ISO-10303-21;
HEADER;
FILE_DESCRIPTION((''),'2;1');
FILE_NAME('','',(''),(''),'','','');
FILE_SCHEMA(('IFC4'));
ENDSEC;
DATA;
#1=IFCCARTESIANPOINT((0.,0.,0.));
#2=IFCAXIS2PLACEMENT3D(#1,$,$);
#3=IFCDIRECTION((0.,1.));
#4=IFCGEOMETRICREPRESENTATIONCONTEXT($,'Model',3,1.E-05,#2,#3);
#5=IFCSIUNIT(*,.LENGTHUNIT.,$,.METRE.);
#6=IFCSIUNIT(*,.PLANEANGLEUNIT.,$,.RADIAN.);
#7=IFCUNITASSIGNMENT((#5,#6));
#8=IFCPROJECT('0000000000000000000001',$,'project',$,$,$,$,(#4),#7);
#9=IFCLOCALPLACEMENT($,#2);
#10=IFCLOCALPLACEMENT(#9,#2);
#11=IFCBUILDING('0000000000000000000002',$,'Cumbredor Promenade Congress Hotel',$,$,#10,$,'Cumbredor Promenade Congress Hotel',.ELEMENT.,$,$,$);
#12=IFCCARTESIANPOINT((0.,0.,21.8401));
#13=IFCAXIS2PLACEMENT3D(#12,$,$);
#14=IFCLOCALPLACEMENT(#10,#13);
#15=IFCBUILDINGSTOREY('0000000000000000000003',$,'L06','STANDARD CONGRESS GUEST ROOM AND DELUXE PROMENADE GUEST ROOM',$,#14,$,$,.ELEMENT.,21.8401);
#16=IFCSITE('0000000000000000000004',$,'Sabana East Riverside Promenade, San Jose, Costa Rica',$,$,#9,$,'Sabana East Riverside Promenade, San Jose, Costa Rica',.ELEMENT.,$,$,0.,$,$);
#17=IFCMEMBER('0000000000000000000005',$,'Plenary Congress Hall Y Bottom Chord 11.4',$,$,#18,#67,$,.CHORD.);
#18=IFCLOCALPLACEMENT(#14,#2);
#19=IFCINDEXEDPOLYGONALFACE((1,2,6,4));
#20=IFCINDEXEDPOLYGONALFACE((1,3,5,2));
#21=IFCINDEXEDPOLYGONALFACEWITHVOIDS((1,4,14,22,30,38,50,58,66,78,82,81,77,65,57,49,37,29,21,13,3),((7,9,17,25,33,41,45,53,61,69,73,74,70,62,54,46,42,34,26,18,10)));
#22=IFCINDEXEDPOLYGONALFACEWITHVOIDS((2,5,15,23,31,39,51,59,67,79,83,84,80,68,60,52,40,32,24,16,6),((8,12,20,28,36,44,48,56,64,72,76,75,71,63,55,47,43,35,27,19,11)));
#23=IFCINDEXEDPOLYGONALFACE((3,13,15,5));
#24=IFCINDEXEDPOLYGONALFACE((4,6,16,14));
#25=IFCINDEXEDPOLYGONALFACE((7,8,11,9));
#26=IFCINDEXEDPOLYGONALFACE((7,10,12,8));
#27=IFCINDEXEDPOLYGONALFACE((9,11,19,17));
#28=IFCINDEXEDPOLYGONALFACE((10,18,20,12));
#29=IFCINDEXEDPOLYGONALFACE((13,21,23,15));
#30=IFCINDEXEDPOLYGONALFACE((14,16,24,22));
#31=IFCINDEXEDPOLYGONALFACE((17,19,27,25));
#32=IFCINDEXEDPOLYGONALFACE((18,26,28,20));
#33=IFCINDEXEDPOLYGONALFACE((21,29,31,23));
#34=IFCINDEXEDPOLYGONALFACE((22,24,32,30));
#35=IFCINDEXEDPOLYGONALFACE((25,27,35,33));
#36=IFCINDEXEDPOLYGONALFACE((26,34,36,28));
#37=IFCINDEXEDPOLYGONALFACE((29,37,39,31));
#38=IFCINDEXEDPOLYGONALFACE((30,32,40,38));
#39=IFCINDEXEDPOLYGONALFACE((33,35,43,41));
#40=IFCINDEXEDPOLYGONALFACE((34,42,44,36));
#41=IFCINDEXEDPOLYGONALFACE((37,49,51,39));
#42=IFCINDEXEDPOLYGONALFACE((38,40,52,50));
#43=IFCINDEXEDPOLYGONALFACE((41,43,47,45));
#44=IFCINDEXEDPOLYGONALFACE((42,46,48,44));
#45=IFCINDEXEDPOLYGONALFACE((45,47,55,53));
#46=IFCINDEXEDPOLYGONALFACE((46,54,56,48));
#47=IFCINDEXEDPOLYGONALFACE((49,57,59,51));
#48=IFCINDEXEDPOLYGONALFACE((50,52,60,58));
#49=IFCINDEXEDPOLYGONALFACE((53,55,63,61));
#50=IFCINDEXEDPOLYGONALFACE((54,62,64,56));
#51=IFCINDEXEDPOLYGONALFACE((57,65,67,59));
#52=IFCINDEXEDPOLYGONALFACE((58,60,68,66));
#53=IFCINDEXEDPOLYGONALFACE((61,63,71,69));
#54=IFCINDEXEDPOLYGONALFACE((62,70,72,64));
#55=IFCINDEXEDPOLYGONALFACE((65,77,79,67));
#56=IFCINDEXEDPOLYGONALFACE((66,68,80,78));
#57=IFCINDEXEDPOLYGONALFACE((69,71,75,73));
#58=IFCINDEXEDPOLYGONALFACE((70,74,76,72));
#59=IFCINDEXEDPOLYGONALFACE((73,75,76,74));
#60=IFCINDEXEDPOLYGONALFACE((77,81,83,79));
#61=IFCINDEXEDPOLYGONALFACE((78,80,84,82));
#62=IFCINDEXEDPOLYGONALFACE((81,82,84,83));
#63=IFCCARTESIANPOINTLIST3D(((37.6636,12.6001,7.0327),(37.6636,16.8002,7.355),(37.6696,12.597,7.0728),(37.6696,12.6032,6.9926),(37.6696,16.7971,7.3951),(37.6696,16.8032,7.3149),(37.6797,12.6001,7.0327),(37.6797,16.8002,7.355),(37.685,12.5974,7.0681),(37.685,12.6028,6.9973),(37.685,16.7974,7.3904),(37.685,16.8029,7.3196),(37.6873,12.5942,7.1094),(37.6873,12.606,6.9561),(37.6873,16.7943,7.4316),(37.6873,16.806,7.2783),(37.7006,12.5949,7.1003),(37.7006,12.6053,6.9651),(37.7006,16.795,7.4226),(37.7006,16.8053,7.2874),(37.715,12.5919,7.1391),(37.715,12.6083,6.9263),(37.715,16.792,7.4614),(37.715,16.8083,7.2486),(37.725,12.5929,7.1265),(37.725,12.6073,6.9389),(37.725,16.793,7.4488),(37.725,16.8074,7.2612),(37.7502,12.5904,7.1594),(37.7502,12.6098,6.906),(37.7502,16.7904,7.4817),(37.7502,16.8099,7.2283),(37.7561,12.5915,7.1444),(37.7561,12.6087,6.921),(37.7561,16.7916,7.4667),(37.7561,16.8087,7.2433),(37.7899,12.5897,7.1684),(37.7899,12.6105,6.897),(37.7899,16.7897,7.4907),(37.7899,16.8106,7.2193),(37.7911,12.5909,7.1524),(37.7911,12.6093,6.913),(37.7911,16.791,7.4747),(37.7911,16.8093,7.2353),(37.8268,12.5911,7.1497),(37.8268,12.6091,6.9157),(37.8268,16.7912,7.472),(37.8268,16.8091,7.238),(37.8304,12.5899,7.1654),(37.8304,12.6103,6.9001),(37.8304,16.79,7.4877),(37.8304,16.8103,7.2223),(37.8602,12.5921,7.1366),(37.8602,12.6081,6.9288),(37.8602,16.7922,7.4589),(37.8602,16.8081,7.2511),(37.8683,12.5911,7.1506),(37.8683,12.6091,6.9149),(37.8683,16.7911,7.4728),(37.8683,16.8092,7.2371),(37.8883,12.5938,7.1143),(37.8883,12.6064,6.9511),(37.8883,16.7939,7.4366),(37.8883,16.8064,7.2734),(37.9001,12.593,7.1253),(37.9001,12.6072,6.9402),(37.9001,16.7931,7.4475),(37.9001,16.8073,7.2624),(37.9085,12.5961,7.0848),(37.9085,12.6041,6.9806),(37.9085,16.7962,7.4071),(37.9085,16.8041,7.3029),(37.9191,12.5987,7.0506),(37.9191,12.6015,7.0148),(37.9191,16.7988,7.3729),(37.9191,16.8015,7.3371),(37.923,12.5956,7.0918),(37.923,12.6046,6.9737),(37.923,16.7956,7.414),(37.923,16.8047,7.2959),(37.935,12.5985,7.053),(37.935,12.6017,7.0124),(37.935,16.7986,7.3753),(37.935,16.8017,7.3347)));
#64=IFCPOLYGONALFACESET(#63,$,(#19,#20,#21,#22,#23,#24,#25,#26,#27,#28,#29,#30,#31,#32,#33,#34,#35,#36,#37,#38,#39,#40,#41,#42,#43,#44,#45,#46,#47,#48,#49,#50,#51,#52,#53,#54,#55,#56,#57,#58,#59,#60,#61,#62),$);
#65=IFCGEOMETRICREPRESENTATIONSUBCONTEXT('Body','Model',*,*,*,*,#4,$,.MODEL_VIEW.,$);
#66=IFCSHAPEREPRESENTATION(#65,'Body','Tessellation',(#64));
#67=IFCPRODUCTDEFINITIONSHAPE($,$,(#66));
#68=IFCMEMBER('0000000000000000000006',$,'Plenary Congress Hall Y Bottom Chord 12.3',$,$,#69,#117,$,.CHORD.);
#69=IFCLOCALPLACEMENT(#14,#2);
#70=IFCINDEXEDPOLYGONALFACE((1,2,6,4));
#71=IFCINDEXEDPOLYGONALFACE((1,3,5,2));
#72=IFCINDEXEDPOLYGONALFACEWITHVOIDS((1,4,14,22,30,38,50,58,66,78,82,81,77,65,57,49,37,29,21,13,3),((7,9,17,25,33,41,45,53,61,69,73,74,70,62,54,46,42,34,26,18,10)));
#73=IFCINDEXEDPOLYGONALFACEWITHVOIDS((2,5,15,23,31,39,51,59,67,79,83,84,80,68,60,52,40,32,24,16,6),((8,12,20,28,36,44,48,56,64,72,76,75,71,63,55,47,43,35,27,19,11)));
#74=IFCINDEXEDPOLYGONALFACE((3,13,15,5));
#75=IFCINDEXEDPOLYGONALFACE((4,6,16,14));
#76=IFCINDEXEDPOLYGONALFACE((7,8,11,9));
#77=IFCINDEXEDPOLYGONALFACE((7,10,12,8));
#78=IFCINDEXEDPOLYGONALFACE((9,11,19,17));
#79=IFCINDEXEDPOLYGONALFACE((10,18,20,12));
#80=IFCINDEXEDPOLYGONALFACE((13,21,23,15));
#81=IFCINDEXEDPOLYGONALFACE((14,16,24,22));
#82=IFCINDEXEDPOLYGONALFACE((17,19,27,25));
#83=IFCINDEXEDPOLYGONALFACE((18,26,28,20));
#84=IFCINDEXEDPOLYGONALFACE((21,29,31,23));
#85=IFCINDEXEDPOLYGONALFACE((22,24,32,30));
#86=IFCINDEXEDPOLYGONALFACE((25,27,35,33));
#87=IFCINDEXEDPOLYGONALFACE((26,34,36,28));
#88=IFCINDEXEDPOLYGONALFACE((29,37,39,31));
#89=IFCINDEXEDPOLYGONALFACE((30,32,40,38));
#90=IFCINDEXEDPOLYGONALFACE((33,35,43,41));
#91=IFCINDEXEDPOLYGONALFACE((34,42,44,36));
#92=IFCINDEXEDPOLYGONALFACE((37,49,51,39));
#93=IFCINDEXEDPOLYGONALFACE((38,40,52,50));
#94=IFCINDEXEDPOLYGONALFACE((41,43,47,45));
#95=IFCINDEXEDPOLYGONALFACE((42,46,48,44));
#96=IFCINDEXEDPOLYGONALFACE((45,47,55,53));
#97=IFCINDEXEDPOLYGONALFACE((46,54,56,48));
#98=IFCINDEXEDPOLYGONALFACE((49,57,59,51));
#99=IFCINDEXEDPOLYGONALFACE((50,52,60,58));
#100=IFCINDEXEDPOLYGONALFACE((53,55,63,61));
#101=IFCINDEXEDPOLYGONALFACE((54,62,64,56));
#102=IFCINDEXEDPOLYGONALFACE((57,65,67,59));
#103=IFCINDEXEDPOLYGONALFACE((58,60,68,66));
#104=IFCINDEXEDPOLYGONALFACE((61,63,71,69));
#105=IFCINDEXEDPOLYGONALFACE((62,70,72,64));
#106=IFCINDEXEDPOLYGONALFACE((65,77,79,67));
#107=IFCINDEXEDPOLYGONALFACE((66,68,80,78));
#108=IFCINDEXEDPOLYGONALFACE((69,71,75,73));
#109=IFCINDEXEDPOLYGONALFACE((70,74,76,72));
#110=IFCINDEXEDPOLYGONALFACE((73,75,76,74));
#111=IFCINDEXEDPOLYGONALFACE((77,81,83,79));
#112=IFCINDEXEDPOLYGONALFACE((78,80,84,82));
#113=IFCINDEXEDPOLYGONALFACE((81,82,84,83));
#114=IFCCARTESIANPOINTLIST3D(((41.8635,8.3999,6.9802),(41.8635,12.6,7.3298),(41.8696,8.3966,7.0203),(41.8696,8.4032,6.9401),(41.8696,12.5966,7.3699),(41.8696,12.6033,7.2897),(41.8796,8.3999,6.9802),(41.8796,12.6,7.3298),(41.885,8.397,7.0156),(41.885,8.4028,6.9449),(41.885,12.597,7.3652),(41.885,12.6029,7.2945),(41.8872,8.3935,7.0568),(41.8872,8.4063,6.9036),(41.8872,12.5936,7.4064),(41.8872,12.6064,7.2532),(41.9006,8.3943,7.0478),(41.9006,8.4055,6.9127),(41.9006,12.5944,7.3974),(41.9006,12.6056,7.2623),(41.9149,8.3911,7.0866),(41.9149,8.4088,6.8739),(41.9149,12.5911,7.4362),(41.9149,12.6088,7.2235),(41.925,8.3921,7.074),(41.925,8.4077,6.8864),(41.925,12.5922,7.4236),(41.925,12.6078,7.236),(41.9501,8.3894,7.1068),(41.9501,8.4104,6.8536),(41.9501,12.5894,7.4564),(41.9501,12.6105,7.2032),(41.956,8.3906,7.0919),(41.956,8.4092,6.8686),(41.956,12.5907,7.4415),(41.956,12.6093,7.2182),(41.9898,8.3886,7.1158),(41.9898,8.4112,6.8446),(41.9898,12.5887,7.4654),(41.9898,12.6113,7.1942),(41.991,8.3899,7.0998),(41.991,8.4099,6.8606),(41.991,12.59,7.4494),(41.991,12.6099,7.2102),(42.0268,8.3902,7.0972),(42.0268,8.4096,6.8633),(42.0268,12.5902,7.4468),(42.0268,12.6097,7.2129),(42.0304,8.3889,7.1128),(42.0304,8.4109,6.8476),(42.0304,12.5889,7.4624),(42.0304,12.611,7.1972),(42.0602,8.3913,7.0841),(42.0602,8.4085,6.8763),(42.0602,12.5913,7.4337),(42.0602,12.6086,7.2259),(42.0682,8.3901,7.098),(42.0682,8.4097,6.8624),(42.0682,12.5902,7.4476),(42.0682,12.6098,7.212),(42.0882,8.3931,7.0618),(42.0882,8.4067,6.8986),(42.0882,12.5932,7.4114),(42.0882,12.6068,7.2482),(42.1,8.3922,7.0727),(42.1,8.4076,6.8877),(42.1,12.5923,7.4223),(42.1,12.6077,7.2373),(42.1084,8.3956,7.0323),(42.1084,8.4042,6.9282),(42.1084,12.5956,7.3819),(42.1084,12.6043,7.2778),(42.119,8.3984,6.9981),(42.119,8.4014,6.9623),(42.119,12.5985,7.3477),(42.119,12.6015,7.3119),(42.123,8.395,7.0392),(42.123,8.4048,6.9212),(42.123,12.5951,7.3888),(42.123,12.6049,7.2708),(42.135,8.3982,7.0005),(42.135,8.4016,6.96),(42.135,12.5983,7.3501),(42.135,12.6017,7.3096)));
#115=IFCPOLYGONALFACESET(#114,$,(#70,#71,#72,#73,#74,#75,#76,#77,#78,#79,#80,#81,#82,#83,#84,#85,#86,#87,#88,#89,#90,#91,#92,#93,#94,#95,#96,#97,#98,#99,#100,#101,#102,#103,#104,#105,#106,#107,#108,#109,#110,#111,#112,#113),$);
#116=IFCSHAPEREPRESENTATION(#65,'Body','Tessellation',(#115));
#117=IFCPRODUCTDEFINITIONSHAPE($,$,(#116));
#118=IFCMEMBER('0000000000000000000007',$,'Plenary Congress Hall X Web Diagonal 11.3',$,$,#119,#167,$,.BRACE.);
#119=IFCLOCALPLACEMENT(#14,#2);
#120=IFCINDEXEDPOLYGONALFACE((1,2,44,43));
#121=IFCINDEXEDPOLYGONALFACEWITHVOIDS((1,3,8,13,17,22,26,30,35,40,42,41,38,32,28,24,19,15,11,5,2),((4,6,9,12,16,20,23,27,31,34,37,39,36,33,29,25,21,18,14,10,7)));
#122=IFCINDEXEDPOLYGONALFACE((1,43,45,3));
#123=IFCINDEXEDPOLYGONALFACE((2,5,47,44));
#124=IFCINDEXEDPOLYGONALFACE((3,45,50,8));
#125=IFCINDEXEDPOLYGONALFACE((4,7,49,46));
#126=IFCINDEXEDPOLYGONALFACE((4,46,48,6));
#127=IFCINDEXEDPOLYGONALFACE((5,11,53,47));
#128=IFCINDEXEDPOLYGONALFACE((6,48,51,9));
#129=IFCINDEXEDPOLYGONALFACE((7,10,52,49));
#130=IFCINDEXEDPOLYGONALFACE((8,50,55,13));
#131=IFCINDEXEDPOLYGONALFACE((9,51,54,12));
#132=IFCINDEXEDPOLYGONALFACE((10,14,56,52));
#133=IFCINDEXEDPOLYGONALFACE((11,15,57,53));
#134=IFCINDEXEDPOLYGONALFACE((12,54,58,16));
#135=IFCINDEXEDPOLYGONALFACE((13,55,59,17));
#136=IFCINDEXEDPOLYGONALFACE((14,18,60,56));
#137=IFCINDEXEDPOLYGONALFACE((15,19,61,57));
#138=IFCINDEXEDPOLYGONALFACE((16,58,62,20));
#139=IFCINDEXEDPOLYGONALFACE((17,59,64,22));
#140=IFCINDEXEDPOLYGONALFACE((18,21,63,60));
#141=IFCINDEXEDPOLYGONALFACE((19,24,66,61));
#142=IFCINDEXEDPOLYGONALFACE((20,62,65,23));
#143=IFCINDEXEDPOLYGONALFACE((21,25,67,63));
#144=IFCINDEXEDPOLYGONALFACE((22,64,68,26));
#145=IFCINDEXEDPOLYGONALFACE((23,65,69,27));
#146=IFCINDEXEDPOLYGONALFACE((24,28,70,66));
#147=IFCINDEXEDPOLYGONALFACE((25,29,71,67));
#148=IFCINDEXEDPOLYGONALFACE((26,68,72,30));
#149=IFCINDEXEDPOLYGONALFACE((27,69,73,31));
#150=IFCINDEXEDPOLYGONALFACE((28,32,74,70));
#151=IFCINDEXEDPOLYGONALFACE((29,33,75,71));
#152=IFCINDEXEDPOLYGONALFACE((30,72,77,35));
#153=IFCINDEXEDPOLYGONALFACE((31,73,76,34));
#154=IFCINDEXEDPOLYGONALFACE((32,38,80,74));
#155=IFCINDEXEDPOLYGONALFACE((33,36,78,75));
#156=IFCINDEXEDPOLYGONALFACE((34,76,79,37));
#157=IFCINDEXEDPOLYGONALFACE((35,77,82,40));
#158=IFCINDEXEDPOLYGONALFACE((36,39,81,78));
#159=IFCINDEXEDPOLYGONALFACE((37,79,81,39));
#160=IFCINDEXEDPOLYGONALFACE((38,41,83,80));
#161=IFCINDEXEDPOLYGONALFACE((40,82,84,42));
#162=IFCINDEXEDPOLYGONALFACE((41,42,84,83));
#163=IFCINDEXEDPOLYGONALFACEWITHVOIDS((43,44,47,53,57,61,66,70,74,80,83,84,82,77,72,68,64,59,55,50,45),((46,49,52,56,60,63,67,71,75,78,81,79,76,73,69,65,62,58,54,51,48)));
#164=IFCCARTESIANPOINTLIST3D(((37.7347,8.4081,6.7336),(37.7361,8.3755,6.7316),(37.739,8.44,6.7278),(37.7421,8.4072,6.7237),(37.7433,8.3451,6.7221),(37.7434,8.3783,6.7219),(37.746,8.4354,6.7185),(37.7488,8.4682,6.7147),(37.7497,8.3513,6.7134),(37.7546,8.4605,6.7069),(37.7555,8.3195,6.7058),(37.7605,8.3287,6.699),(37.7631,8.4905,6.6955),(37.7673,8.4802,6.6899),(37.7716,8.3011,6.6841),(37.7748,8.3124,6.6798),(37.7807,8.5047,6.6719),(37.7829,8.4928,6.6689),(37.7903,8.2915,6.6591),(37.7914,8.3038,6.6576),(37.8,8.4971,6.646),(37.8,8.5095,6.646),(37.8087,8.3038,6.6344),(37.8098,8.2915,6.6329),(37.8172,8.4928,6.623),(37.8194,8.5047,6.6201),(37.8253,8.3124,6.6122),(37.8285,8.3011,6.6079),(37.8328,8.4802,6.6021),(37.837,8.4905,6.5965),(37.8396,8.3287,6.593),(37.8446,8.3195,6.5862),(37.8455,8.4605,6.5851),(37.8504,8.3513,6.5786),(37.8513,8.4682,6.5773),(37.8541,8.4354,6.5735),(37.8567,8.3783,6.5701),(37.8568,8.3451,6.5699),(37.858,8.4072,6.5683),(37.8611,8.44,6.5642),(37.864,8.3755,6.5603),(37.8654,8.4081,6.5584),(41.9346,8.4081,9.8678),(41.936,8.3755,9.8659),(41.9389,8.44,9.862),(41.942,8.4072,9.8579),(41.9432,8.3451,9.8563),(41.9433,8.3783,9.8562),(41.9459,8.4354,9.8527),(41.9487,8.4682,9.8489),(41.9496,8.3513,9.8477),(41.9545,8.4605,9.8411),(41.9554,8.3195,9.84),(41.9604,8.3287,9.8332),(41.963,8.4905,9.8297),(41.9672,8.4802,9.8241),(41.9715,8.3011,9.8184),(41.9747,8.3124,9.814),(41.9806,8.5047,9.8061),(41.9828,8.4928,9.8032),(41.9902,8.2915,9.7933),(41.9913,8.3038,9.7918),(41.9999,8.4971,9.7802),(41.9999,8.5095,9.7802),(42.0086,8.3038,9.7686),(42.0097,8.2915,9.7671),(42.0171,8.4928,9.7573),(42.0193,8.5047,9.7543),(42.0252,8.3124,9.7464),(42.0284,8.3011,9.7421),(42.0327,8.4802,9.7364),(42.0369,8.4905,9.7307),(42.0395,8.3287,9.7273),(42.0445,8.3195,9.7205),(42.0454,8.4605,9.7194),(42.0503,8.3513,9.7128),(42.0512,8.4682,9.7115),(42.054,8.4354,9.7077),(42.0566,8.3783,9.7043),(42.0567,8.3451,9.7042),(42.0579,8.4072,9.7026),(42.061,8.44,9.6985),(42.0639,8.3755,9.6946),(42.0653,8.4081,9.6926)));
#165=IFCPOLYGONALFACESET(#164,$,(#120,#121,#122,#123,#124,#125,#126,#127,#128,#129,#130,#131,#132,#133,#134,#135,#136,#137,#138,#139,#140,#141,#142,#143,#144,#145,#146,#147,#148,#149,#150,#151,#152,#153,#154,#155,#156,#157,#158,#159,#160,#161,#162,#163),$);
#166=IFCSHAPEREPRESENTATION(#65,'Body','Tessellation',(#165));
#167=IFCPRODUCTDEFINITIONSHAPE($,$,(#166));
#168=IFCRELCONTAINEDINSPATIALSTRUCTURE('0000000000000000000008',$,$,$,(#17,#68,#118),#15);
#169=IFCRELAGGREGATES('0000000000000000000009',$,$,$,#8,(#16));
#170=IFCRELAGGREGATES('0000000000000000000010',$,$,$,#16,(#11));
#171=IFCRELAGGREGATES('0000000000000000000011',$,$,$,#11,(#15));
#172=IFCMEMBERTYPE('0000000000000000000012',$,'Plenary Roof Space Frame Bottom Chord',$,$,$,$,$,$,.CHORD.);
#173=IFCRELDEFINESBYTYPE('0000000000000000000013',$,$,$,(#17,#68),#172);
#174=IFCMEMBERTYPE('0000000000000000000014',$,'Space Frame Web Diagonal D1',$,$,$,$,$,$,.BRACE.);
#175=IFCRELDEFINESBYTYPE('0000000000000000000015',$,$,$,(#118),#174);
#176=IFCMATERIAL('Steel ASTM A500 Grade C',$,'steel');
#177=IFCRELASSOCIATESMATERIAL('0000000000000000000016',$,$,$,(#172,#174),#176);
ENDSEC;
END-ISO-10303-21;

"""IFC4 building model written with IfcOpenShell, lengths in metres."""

from ifc_helpers import new_model, si_unit, direction, frame, origin, origin_2d, place, context, subcontext, project, spatial, hollow_circle, extrude, material, material_profile, profile_set, type_object, element, save


model = new_model("IFC4")

# Units and contexts
model_context = context("Model", 3, precision=1e-05, world=origin(), true_north=direction((0.0, 1.0)))
body_context = subcontext(model_context, "Body", "Model", "MODEL_VIEW")
ifc_project = project(units=[si_unit("LENGTHUNIT", "METRE"), si_unit("PLANEANGLEUNIT", "RADIAN")], contexts=[model_context])

# Site, building, storey
site_placement = place(None, origin())
site = spatial("IfcSite", under=ifc_project, at=site_placement, Name="Sabana East Riverside Promenade, San Jose, Costa Rica", LongName="Sabana East Riverside Promenade, San Jose, Costa Rica", CompositionType="ELEMENT", RefElevation=0.0)
building_placement = place(site_placement, origin())
building = spatial("IfcBuilding", under=site, at=building_placement, Name="Cumbredor Promenade Congress Hotel", LongName="Cumbredor Promenade Congress Hotel", CompositionType="ELEMENT")
storey_placement = place(building_placement, frame((0.0, 0.0, 21.8401)))
storey = spatial("IfcBuildingStorey", under=building, at=storey_placement, Name="L06", Description="STANDARD CONGRESS GUEST ROOM AND DELUXE PROMENADE GUEST ROOM", CompositionType="ELEMENT", Elevation=21.8401)

# Members
ifc_material_1 = material(Name="Steel ASTM A500 Grade C", Category="steel")
ifc_material_profile_1 = material_profile(ifc_material_1, hollow_circle(Radius=0.1365, WallThickness=0.0161, at=origin_2d()), Name="CHS 273.0x16")
ifc_profile_set_1 = profile_set([ifc_material_profile_1], Name="Steel ASTM A500 Grade C")
member_type_1 = type_object("IfcMemberType", Name="Plenary Roof Space Frame Bottom Chord", PredefinedType="CHORD", material=ifc_profile_set_1)
member_1_placement = place(storey_placement, frame((37.8, 12.6001, 7.0327), z_axis=(0.0, 0.997069, 0.076506), x_axis=(-1.0, 0.0, 0.0)))
element("IfcMember", 1, at=member_1_placement, inside=storey, type_object=member_type_1, Name="Plenary Congress Hall Y Bottom Chord 11.4", PredefinedType="CHORD", context=body_context, shape_type="SweptSolid", body=[
    extrude(hollow_circle(Radius=0.1365, WallThickness=0.0161, at=origin_2d()), origin(), (0.0, 0.0, 1.0), 4.2124),
])
member_2_placement = place(storey_placement, frame((42.0, 8.3999, 6.9802), z_axis=(0.0, 0.996554, 0.08295), x_axis=(-1.0, 0.0, 0.0)))
element("IfcMember", 2, at=member_2_placement, inside=storey, type_object=member_type_1, Name="Plenary Congress Hall Y Bottom Chord 12.3", PredefinedType="CHORD", context=body_context, shape_type="SweptSolid", body=[
    extrude(hollow_circle(Radius=0.1365, WallThickness=0.0161, at=origin_2d()), origin(), (0.0, 0.0, 1.0), 4.2146),
])
ifc_material_profile_2 = material_profile(ifc_material_1, hollow_circle(Radius=0.1096, WallThickness=0.0125, at=origin_2d()), Name="CHS 219.1x12.5")
ifc_profile_set_2 = profile_set([ifc_material_profile_2], Name="Steel ASTM A500 Grade C")
member_type_2 = type_object("IfcMemberType", Name="Space Frame Web Diagonal D1", PredefinedType="BRACE", material=ifc_profile_set_2)
member_3_placement = place(storey_placement, frame((37.8, 8.3999, 6.646), z_axis=(0.801434, 0.0, 0.598083), x_axis=(0.0, 1.0, 0.0)))
element("IfcMember", 3, at=member_3_placement, inside=storey, type_object=member_type_2, Name="Plenary Congress Hall X Web Diagonal 11.3", PredefinedType="BRACE", context=body_context, shape_type="SweptSolid", body=[
    extrude(hollow_circle(Radius=0.1096, WallThickness=0.0125, at=origin_2d()), origin(), (0.0, 0.0, 1.0), 5.2405),
])

save(model, "model.ifc")
